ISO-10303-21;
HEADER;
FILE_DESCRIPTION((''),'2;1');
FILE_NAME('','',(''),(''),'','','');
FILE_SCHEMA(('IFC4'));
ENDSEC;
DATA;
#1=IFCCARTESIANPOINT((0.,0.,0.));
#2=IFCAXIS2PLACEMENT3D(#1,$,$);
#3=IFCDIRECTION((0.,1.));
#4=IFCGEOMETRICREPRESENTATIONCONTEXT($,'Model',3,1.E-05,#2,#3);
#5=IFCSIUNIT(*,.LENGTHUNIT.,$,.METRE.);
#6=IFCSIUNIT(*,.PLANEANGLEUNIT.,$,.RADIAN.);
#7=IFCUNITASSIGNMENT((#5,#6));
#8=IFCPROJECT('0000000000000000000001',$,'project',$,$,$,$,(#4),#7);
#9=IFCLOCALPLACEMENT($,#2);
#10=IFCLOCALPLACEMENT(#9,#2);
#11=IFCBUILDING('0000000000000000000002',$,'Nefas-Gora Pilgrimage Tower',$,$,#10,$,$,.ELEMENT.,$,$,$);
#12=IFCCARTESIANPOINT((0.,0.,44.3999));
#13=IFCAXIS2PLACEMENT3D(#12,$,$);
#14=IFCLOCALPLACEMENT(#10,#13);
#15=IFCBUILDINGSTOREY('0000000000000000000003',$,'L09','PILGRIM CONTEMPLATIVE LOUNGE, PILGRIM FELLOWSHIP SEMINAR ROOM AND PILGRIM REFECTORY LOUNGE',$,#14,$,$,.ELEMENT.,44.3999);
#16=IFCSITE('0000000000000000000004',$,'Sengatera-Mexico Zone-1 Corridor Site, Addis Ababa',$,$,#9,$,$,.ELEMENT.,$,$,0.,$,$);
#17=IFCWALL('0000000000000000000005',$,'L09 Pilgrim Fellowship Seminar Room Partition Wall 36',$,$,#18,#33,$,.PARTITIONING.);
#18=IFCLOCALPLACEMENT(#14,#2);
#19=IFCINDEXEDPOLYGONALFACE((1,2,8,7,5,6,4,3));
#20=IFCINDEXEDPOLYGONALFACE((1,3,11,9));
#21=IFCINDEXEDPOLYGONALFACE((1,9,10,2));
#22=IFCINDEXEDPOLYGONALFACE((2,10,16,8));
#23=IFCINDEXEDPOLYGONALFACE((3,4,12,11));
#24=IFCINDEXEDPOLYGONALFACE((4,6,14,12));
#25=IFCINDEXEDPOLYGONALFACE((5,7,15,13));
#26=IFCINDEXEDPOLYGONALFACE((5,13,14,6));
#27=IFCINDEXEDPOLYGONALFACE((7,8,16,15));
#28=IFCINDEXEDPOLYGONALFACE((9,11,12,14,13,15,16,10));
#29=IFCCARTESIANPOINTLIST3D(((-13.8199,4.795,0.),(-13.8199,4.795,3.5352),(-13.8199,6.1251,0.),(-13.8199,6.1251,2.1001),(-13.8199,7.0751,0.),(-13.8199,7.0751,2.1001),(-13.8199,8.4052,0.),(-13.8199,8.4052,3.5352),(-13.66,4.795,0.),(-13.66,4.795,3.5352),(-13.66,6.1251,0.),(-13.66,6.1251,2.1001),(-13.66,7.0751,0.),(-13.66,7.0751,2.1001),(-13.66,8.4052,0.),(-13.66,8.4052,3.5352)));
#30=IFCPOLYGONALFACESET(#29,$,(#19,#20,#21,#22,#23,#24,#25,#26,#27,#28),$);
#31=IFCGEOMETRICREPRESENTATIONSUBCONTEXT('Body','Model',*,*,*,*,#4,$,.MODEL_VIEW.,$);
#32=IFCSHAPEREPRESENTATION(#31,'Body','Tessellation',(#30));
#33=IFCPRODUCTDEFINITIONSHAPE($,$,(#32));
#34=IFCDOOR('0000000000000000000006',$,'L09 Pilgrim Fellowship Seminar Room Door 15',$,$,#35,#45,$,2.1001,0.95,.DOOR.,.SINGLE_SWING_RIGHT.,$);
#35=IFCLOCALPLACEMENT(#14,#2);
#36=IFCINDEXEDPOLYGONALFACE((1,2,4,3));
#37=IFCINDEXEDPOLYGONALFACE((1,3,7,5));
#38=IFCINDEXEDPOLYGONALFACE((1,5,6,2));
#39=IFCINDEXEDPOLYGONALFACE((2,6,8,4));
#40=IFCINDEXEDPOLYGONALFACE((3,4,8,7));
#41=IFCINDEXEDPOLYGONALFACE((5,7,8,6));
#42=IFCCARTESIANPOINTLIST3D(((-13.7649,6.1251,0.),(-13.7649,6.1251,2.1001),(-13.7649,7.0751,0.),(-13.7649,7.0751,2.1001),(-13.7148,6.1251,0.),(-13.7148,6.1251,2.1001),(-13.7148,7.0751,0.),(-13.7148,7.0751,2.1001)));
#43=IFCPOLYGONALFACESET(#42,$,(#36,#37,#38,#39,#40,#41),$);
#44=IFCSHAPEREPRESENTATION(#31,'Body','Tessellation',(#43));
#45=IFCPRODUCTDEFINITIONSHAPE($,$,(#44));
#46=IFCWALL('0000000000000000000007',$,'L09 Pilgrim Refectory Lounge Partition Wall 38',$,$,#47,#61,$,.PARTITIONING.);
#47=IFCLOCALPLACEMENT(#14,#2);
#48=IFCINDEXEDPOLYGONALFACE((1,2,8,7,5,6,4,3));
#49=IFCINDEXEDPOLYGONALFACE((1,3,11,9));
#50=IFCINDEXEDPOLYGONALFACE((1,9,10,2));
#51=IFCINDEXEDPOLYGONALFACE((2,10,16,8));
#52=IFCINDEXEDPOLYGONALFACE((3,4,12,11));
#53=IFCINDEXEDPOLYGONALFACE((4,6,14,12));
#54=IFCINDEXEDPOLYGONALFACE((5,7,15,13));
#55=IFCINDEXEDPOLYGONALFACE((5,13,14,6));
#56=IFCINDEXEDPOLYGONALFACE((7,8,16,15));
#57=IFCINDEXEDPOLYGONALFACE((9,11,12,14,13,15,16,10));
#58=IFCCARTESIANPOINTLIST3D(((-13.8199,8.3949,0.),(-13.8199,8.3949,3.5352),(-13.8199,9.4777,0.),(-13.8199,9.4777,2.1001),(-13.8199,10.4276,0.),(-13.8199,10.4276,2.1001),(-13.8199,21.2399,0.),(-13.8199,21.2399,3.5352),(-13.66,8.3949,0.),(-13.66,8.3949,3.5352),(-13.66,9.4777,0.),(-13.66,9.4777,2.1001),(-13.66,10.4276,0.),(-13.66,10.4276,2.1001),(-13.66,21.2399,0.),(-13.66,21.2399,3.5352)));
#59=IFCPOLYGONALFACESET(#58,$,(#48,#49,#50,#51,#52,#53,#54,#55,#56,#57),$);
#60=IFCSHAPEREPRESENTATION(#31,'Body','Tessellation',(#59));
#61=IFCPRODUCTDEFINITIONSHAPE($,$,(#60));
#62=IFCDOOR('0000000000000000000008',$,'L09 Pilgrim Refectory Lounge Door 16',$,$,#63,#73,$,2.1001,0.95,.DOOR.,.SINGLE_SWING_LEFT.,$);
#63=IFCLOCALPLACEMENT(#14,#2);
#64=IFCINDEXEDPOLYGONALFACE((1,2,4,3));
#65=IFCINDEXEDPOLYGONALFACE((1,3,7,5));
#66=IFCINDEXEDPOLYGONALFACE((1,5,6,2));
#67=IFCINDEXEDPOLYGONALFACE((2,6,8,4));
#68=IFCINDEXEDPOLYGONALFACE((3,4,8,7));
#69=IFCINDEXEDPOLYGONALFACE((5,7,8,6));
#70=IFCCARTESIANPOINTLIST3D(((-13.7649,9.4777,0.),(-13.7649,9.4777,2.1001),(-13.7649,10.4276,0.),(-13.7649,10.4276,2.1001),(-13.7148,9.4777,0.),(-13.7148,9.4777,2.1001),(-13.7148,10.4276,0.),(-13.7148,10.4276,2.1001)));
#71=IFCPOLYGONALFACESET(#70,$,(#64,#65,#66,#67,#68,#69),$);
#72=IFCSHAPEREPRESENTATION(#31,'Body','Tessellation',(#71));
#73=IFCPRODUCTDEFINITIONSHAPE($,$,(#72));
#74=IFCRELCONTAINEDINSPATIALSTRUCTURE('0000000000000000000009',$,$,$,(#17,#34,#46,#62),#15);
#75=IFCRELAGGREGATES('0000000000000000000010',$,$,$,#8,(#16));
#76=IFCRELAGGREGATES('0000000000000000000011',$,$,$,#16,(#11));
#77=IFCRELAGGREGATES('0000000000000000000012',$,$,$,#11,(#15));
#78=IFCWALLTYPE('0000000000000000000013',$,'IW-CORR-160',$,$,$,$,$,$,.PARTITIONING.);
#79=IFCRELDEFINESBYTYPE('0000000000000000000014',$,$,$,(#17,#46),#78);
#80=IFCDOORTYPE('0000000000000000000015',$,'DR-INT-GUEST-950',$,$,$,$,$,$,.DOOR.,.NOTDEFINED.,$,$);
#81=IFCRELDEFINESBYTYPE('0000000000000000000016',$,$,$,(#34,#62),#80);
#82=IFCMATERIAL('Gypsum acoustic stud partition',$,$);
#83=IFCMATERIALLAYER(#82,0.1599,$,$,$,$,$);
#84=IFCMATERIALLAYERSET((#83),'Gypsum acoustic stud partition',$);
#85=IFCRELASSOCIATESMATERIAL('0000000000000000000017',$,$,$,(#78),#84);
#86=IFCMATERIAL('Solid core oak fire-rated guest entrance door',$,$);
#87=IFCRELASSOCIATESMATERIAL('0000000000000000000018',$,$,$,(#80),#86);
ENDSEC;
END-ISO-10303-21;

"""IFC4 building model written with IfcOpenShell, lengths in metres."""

from ifc_helpers import new_model, si_unit, direction, frame, frame_2d, origin, place, context, subcontext, project, spatial, rectangle, extrude, source, transform, mapped, material, layer, layer_set, type_object, element, fill, save


model = new_model("IFC4")

# Units and contexts
model_context = context("Model", 3, precision=1e-05, world=origin(), true_north=direction((0.0, 1.0)))
body_context = subcontext(model_context, "Body", "Model", "MODEL_VIEW")
ifc_project = project(units=[si_unit("LENGTHUNIT", "METRE"), si_unit("PLANEANGLEUNIT", "RADIAN")], contexts=[model_context])

# Site, building, storey
site_placement = place(None, origin())
site = spatial("IfcSite", under=ifc_project, at=site_placement, Name="Sengatera-Mexico Zone-1 Corridor Site, Addis Ababa", CompositionType="ELEMENT", RefElevation=0.0)
building_placement = place(site_placement, origin())
building = spatial("IfcBuilding", under=site, at=building_placement, Name="Nefas-Gora Pilgrimage Tower", CompositionType="ELEMENT")
storey_placement = place(building_placement, frame((0.0, 0.0, 44.3999)))
storey = spatial("IfcBuildingStorey", under=building, at=storey_placement, Name="L09", Description="PILGRIM CONTEMPLATIVE LOUNGE, PILGRIM FELLOWSHIP SEMINAR ROOM AND PILGRIM REFECTORY LOUNGE", CompositionType="ELEMENT", Elevation=44.3999)

# Walls, openings, doors
ifc_material_1 = material(Name="Gypsum acoustic stud partition")
ifc_layer_1 = layer(ifc_material_1, 0.1599)
ifc_layer_set_1 = layer_set([ifc_layer_1], Name="Gypsum acoustic stud partition")
wall_type_1 = type_object("IfcWallType", Name="IW-CORR-160", PredefinedType="PARTITIONING", material=ifc_layer_set_1)
shared_shape_1 = source(origin(), body_context, "Body", "SweptSolid", [
    extrude(rectangle(XDim=3.6101, YDim=0.1599, at=frame_2d((1.8052, 0.0))), origin(), (0.0, 0.0, 1.0), 3.5352),
])
wall_1_placement = place(storey_placement, frame((-13.74, 4.7949, 0.0), z_axis=(0.0, 0.0, 1.0), x_axis=(0.0, 1.0, 0.0)))
wall_1 = element("IfcWall", 1, at=wall_1_placement, inside=storey, type_object=wall_type_1, Name="L09 Pilgrim Fellowship Seminar Room Partition Wall 36", PredefinedType="PARTITIONING", context=body_context, shape_type="MappedRepresentation", body=[
    mapped(shared_shape_1, transform((0.0, 0.0, 0.0), x_axis=(1.0, 0.0, 0.0), y_axis=(0.0, 1.0, 0.0), z_axis=(0.0, 0.0, 1.0), scale=1.0)),
])
opening_1_placement = place(wall_1_placement, frame((1.3301, 0.0, 0.0)))
opening_1 = element("IfcOpeningElement", 2, at=opening_1_placement, cuts=wall_1, PredefinedType="OPENING", context=body_context, shape_type="SweptSolid", body=[
    extrude(rectangle(XDim=0.95, YDim=2.1001, at=frame_2d((0.4751, 1.05))), frame((0.0, 0.0898, 0.0), z_axis=(0.0, -1.0, 0.0), x_axis=(1.0, 0.0, 0.0)), (0.0, 0.0, 1.0), 0.1799),
])
ifc_material_2 = material(Name="Solid core oak fire-rated guest entrance door")
door_type = type_object("IfcDoorType", Name="DR-INT-GUEST-950", OperationType="NOTDEFINED", PredefinedType="DOOR", material=ifc_material_2)
shared_shape_2 = source(origin(), body_context, "Body", "SweptSolid", [
    extrude(rectangle(XDim=0.95, YDim=2.1001, at=frame_2d((0.4751, 1.05))), frame((0.0, 0.0249, 0.0), z_axis=(0.0, -1.0, 0.0), x_axis=(1.0, 0.0, 0.0)), (0.0, 0.0, 1.0), 0.05),
])
door_1_placement = place(opening_1_placement, origin())
door_1 = element("IfcDoor", 3, at=door_1_placement, inside=storey, type_object=door_type, Name="L09 Pilgrim Fellowship Seminar Room Door 15", OperationType="SINGLE_SWING_RIGHT", OverallHeight=2.1001, OverallWidth=0.95, PredefinedType="DOOR", context=body_context, shape_type="MappedRepresentation", body=[
    mapped(shared_shape_2, transform((0.0, 0.0, 0.0), x_axis=(1.0, 0.0, 0.0), y_axis=(0.0, 1.0, 0.0), z_axis=(0.0, 0.0, 1.0), scale=1.0)),
])
fill(opening_1, door_1)
shared_shape_3 = source(origin(), body_context, "Body", "SweptSolid", [
    extrude(rectangle(XDim=12.845, YDim=0.1599, at=frame_2d((6.4224, 0.0))), origin(), (0.0, 0.0, 1.0), 3.5352),
])
wall_2_placement = place(storey_placement, frame((-13.74, 8.395, 0.0), z_axis=(0.0, 0.0, 1.0), x_axis=(0.0, 1.0, 0.0)))
wall_2 = element("IfcWall", 4, at=wall_2_placement, inside=storey, type_object=wall_type_1, Name="L09 Pilgrim Refectory Lounge Partition Wall 38", PredefinedType="PARTITIONING", context=body_context, shape_type="MappedRepresentation", body=[
    mapped(shared_shape_3, transform((0.0, 0.0, 0.0), x_axis=(1.0, 0.0, 0.0), y_axis=(0.0, 1.0, 0.0), z_axis=(0.0, 0.0, 1.0), scale=1.0)),
])
opening_2_placement = place(wall_2_placement, frame((1.0825, 0.0, 0.0)))
opening_2 = element("IfcOpeningElement", 5, at=opening_2_placement, cuts=wall_2, PredefinedType="OPENING", context=body_context, shape_type="SweptSolid", body=[
    extrude(rectangle(XDim=0.95, YDim=2.1001, at=frame_2d((0.4751, 1.05))), frame((0.0, 0.0898, 0.0), z_axis=(0.0, -1.0, 0.0), x_axis=(1.0, 0.0, 0.0)), (0.0, 0.0, 1.0), 0.1799),
])
door_2_placement = place(opening_2_placement, origin())
door_2 = element("IfcDoor", 6, at=door_2_placement, inside=storey, type_object=door_type, Name="L09 Pilgrim Refectory Lounge Door 16", OperationType="SINGLE_SWING_LEFT", OverallHeight=2.1001, OverallWidth=0.95, PredefinedType="DOOR", context=body_context, shape_type="MappedRepresentation", body=[
    mapped(shared_shape_2, transform((0.0, 0.0, 0.0), x_axis=(1.0, 0.0, 0.0), y_axis=(0.0, 1.0, 0.0), z_axis=(0.0, 0.0, 1.0), scale=1.0)),
])
fill(opening_2, door_2)

save(model, "model.ifc")
